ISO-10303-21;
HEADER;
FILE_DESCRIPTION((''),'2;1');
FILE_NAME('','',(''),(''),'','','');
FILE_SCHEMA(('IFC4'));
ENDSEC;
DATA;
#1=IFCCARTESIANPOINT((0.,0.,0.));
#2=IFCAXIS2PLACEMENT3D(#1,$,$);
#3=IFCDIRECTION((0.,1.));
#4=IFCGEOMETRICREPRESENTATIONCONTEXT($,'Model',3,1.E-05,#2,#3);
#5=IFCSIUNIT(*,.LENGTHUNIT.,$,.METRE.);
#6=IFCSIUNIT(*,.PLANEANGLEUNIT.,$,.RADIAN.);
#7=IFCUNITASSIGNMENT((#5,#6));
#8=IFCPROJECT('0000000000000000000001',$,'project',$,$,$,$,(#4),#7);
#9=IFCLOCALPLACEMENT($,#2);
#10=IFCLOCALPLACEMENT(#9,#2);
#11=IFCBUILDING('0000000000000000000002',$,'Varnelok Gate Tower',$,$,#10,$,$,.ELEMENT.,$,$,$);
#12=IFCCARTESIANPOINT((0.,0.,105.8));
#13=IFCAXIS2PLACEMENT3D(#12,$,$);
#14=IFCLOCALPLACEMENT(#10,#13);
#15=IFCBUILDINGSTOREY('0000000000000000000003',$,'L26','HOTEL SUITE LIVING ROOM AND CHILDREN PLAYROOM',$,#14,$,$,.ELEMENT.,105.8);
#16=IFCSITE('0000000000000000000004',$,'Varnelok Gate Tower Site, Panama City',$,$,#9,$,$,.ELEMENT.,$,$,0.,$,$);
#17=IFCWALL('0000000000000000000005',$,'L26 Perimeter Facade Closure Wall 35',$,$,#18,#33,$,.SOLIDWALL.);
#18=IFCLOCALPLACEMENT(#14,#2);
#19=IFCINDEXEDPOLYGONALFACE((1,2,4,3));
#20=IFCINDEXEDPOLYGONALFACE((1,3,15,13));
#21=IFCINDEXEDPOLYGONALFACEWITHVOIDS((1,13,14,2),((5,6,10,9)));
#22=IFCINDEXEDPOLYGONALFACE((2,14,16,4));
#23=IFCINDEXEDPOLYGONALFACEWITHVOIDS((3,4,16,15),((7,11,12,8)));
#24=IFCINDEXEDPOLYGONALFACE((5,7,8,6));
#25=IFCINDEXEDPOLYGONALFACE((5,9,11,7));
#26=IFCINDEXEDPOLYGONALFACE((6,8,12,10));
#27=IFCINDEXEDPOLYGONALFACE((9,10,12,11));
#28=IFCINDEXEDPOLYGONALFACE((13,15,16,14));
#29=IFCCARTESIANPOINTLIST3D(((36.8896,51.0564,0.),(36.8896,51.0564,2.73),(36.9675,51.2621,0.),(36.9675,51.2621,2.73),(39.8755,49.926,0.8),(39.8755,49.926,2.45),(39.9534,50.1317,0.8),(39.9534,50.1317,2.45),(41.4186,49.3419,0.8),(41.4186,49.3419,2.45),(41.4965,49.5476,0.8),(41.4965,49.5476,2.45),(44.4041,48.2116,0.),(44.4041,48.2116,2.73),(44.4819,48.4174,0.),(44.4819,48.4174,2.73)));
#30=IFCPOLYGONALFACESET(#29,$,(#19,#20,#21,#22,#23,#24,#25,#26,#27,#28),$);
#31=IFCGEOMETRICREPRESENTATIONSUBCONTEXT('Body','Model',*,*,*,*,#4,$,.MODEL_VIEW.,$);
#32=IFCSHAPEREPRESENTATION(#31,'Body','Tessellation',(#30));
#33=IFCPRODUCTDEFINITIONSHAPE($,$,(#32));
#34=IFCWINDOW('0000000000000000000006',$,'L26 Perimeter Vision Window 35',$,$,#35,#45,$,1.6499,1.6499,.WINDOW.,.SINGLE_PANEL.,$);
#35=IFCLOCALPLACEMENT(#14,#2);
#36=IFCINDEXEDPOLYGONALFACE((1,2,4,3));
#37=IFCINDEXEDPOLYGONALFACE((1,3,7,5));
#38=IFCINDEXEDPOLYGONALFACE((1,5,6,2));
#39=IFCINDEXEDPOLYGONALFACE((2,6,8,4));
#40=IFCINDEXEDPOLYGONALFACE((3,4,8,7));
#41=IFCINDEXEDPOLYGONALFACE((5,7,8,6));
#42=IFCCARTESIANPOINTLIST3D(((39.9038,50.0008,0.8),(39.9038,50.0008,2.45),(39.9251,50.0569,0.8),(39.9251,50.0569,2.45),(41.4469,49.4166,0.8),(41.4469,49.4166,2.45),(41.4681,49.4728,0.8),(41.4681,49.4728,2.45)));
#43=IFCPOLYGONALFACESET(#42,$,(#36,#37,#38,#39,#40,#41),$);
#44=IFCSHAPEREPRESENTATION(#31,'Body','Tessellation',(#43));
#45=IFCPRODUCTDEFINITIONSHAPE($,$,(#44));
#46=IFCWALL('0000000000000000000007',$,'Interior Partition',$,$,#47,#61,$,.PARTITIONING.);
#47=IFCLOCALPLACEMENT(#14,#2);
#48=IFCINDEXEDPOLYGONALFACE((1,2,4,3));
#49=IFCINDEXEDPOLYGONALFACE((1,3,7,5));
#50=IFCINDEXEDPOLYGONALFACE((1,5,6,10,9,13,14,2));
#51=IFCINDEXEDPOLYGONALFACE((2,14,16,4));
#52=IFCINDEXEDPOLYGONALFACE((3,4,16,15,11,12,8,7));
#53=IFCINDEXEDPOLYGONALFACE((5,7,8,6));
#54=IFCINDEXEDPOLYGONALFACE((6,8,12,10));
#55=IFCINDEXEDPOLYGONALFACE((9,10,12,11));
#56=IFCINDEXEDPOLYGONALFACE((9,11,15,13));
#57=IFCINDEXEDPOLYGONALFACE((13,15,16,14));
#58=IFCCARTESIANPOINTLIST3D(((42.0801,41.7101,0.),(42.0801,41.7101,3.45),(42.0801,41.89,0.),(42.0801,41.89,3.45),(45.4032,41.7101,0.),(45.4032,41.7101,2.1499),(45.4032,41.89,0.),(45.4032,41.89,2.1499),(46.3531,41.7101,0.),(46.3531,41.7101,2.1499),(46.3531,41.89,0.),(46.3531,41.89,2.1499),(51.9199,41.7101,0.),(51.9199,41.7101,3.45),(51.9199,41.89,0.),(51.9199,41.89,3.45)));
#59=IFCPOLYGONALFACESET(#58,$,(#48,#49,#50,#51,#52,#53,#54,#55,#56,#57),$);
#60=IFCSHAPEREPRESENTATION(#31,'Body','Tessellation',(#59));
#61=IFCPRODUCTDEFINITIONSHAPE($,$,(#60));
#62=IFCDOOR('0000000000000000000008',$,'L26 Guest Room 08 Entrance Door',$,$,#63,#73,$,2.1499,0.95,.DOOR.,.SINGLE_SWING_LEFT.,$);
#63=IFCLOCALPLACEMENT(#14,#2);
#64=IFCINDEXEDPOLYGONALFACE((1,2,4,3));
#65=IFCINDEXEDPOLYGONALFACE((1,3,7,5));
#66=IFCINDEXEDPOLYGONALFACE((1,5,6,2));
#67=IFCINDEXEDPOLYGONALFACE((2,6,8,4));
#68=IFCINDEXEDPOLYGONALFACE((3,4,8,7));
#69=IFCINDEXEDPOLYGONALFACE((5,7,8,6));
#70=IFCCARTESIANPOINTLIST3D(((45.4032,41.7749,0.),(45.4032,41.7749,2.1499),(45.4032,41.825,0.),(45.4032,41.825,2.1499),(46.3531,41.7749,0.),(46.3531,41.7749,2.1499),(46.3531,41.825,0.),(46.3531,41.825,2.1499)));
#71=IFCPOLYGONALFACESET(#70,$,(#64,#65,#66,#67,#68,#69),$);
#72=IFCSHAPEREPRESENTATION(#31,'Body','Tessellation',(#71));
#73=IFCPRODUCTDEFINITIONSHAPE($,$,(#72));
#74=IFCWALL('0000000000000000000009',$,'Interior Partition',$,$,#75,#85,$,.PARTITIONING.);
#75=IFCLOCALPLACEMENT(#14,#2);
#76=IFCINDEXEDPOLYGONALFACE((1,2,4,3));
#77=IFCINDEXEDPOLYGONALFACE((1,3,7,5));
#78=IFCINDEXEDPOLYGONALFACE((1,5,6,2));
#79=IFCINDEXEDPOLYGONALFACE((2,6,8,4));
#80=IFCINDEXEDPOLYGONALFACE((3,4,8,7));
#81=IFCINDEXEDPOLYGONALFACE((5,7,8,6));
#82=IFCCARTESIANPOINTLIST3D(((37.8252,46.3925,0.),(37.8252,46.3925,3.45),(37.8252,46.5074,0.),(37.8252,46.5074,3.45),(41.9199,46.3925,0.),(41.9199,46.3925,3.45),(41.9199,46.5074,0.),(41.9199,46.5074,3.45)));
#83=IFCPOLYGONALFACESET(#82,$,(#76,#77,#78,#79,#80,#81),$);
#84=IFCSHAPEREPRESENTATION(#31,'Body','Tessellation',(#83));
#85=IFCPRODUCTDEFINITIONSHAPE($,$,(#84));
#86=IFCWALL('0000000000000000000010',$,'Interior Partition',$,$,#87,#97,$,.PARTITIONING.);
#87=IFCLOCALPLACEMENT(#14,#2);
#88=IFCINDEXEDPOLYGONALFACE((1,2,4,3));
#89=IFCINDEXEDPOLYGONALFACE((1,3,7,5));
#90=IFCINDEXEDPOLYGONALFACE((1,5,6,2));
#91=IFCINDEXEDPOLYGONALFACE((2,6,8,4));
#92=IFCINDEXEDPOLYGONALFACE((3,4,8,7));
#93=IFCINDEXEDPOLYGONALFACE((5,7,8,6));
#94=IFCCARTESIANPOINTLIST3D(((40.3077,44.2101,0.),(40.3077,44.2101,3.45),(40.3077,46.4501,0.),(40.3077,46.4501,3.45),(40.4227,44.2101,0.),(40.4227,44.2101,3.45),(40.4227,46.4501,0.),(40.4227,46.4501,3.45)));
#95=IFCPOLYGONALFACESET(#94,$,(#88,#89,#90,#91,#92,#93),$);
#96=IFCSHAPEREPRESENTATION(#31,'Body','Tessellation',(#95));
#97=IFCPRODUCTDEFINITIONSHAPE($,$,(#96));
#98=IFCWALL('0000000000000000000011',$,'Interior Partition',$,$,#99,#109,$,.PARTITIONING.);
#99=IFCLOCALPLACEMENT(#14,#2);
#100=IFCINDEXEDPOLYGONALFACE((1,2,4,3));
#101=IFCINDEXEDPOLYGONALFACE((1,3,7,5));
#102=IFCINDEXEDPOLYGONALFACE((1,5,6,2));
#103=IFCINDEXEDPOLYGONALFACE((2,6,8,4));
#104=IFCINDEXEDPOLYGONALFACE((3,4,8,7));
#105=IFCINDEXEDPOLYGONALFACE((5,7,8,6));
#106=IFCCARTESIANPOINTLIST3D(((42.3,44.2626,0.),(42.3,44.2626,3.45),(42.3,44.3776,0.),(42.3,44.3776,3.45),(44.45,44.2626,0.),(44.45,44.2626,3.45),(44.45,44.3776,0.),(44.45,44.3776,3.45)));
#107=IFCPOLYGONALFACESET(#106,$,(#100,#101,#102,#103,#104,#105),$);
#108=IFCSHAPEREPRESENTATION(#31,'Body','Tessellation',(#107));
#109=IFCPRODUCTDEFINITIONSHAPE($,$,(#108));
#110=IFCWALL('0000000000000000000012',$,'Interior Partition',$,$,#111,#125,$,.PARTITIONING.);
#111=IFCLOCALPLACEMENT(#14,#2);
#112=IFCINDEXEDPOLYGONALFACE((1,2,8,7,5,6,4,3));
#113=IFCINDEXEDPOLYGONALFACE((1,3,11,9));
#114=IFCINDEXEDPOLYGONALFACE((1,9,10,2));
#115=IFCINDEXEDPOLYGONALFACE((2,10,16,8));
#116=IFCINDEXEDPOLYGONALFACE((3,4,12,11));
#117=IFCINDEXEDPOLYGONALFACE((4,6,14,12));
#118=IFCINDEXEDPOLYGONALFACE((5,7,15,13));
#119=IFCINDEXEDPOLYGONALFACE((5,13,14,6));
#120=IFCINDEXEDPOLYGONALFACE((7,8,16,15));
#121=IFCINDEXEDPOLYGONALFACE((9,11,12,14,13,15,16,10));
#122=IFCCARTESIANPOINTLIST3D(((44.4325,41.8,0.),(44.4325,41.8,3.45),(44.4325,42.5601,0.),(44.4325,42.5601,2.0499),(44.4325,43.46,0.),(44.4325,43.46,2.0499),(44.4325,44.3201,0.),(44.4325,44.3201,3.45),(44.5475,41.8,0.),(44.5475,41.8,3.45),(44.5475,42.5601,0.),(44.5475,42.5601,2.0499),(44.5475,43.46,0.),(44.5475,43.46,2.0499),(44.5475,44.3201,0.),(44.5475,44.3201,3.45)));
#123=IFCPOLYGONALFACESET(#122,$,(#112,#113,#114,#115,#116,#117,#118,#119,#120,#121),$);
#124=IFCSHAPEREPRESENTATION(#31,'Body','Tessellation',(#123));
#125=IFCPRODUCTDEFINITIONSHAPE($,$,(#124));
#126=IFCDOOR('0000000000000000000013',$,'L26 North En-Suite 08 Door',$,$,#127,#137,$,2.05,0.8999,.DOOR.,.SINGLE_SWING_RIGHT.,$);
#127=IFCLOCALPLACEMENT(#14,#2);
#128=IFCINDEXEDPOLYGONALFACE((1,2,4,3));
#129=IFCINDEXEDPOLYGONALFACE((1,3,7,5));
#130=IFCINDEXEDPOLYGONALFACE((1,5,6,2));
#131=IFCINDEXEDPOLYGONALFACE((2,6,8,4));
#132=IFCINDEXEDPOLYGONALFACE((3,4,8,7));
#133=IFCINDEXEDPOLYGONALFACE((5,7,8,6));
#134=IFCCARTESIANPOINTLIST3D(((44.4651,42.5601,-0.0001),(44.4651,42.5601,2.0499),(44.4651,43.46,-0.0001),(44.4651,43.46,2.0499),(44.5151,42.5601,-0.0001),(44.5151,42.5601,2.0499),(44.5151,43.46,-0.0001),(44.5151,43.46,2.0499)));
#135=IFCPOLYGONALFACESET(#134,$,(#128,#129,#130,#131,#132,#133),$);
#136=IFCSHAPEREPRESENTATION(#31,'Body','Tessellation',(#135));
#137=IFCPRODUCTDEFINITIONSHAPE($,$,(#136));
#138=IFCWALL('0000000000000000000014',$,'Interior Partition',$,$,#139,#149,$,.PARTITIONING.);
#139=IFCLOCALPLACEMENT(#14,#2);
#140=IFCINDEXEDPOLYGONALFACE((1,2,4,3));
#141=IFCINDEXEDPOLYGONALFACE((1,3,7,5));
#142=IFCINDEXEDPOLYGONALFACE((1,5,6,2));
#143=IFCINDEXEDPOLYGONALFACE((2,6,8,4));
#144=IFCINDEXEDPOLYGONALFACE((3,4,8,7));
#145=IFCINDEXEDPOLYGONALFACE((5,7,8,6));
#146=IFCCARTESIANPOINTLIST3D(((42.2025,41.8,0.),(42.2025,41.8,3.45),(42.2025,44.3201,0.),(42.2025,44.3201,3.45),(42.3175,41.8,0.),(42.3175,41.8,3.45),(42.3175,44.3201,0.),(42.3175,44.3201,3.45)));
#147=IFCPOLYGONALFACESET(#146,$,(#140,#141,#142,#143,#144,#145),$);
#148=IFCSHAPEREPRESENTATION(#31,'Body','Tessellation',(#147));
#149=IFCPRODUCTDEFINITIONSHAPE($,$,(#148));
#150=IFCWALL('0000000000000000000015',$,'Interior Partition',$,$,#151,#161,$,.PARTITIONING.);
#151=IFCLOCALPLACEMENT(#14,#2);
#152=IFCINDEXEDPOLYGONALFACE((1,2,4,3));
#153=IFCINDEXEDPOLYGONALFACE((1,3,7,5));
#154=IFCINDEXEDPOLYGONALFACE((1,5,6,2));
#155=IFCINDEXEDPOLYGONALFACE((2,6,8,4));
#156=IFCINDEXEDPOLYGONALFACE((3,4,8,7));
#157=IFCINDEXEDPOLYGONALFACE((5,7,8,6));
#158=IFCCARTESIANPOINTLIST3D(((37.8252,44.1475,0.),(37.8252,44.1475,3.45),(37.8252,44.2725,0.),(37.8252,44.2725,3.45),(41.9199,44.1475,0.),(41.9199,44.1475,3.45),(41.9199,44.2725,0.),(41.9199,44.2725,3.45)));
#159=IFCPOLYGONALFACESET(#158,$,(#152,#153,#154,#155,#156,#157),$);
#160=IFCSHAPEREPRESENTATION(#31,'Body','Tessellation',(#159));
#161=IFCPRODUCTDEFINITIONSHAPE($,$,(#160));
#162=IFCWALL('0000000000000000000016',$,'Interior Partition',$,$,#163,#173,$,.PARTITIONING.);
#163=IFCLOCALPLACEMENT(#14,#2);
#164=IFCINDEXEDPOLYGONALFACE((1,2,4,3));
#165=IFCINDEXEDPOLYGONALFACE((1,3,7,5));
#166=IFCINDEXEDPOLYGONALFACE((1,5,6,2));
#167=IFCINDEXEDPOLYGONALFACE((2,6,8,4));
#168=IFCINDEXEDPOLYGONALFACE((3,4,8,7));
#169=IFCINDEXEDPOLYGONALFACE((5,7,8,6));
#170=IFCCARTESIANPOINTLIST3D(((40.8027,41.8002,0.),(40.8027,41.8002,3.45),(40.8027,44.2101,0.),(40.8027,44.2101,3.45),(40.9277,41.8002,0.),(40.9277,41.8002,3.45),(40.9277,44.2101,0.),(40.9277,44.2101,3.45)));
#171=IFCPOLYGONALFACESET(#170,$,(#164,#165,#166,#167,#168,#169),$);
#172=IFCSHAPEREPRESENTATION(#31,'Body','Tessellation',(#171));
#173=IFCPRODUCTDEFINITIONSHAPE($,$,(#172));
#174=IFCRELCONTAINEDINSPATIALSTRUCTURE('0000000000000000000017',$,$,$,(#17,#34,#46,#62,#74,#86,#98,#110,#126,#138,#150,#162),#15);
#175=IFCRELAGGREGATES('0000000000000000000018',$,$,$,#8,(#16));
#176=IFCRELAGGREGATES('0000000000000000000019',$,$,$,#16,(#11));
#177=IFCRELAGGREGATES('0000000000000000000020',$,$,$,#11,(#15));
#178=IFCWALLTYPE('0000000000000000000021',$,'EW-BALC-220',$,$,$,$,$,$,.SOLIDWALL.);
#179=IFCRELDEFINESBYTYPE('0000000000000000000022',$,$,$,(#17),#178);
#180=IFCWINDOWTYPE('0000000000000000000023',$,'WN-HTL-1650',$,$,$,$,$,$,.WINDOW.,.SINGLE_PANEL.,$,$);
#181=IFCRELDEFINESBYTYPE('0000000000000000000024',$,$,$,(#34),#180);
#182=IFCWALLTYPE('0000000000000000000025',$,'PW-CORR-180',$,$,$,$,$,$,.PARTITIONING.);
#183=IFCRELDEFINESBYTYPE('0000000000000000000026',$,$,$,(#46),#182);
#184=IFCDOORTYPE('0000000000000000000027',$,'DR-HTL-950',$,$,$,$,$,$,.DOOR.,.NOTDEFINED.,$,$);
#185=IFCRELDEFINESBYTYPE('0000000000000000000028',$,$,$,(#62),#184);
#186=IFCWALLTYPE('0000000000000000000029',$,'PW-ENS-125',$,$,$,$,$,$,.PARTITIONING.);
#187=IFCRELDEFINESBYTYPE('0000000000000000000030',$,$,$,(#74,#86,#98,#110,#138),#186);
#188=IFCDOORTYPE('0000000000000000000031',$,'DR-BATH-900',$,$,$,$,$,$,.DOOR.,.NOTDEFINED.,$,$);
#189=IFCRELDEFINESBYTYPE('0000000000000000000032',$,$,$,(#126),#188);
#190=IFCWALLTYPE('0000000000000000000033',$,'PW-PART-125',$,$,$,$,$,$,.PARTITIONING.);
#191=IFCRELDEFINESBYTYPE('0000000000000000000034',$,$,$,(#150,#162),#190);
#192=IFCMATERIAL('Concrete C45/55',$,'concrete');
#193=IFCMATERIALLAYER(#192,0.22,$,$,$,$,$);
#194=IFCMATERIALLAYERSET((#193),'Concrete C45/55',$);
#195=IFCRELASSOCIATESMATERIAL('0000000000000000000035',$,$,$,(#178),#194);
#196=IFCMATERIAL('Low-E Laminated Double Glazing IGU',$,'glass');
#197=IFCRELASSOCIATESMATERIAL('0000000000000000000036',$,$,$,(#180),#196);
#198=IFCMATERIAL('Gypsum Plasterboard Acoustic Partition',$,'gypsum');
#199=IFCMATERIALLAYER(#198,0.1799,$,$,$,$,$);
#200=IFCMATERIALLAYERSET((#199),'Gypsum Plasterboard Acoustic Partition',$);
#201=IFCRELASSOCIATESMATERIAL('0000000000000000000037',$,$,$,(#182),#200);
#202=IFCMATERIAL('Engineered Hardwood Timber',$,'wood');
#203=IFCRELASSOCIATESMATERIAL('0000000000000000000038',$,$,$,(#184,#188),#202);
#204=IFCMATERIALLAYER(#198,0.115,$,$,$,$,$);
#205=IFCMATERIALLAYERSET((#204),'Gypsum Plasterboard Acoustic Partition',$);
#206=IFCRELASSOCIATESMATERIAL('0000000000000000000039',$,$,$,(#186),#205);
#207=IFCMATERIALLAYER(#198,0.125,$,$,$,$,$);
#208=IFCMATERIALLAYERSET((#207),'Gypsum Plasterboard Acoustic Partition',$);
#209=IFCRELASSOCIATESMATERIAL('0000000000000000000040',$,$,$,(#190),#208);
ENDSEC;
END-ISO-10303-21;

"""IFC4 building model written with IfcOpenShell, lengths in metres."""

from ifc_helpers import new_model, si_unit, direction, frame, frame_2d, origin, place, context, subcontext, project, spatial, rectangle, extrude, material, layer, layer_set, type_object, element, fill, save


model = new_model("IFC4")

# Units and contexts
model_context = context("Model", 3, precision=1e-05, world=origin(), true_north=direction((0.0, 1.0)))
body_context = subcontext(model_context, "Body", "Model", "MODEL_VIEW")
ifc_project = project(units=[si_unit("LENGTHUNIT", "METRE"), si_unit("PLANEANGLEUNIT", "RADIAN")], contexts=[model_context])

# Site, building, storey
site_placement = place(None, origin())
site = spatial("IfcSite", under=ifc_project, at=site_placement, Name="Varnelok Gate Tower Site, Panama City", CompositionType="ELEMENT", RefElevation=0.0)
building_placement = place(site_placement, origin())
building = spatial("IfcBuilding", under=site, at=building_placement, Name="Varnelok Gate Tower", CompositionType="ELEMENT")
storey_placement = place(building_placement, frame((0.0, 0.0, 105.8)))
storey = spatial("IfcBuildingStorey", under=building, at=storey_placement, Name="L26", Description="HOTEL SUITE LIVING ROOM AND CHILDREN PLAYROOM", CompositionType="ELEMENT", Elevation=105.8)

# Shared definitions
ifc_material_1 = material(Name="Concrete C45/55", Category="concrete")
ifc_layer_1 = layer(ifc_material_1, 0.22)
ifc_layer_set_1 = layer_set([ifc_layer_1], Name="Concrete C45/55")
wall_type_1 = type_object("IfcWallType", Name="EW-BALC-220", PredefinedType="SOLIDWALL", material=ifc_layer_set_1)
ifc_material_2 = material(Name="Low-E Laminated Double Glazing IGU", Category="glass")
window_type = type_object("IfcWindowType", Name="WN-HTL-1650", PartitioningType="SINGLE_PANEL", PredefinedType="WINDOW", material=ifc_material_2)

# Wall, opening, window
wall_1_placement = place(storey_placement, frame((44.4431, 48.3145, 0.0), z_axis=(0.0, 0.0, 1.0), x_axis=(-0.935227, 0.354049, 0.0)))
wall_1 = element("IfcWall", 1, at=wall_1_placement, inside=storey, type_object=wall_type_1, Name="L26 Perimeter Facade Closure Wall 35", PredefinedType="SOLIDWALL", context=body_context, shape_type="SweptSolid", body=[
    extrude(rectangle(XDim=8.0349, YDim=0.22, at=frame_2d((4.0176, 0.0))), origin(), (0.0, 0.0, 1.0), 2.73),
])
opening_1_placement = place(wall_1_placement, frame((3.1924, 0.0, 0.8)))
opening_1 = element("IfcOpeningElement", 2, at=opening_1_placement, cuts=wall_1, PredefinedType="OPENING", context=body_context, shape_type="SweptSolid", body=[
    extrude(rectangle(XDim=1.6499, YDim=1.6499, at=frame_2d((0.825, 0.825))), frame((0.0, 0.1199, 0.0), z_axis=(0.0, -1.0, 0.0), x_axis=(1.0, 0.0, 0.0)), (0.0, 0.0, 1.0), 0.24),
])
window_1_placement = place(opening_1_placement, origin())
window_1 = element("IfcWindow", 3, at=window_1_placement, inside=storey, type_object=window_type, Name="L26 Perimeter Vision Window 35", OverallHeight=1.6499, OverallWidth=1.6499, PartitioningType="SINGLE_PANEL", PredefinedType="WINDOW", context=body_context, shape_type="SweptSolid", body=[
    extrude(rectangle(XDim=1.6499, YDim=1.6499, at=frame_2d((0.825, 0.825))), frame((0.0, 0.03, 0.0), z_axis=(0.0, -1.0, 0.0), x_axis=(1.0, 0.0, 0.0)), (0.0, 0.0, 1.0), 0.0601),
])
fill(opening_1, window_1)

# Wall, opening, door
ifc_material_3 = material(Name="Gypsum Plasterboard Acoustic Partition", Category="gypsum")
ifc_layer_2 = layer(ifc_material_3, 0.1799)
ifc_layer_set_2 = layer_set([ifc_layer_2], Name="Gypsum Plasterboard Acoustic Partition")
wall_type_2 = type_object("IfcWallType", Name="PW-CORR-180", PredefinedType="PARTITIONING", material=ifc_layer_set_2)
wall_2_placement = place(storey_placement, frame((42.0801, 41.8, 0.0), z_axis=(0.0, 0.0, 1.0), x_axis=(1.0, 0.0, 0.0)))
wall_2 = element("IfcWall", 4, at=wall_2_placement, inside=storey, type_object=wall_type_2, Name="Interior Partition", PredefinedType="PARTITIONING", context=body_context, shape_type="SweptSolid", body=[
    extrude(rectangle(XDim=9.8398, YDim=0.1799, at=frame_2d((4.9199, 0.0))), origin(), (0.0, 0.0, 1.0), 3.45),
])
opening_2_placement = place(wall_2_placement, frame((3.323, 0.0, 0.0)))
opening_2 = element("IfcOpeningElement", 5, at=opening_2_placement, cuts=wall_2, PredefinedType="OPENING", context=body_context, shape_type="SweptSolid", body=[
    extrude(rectangle(XDim=0.95, YDim=2.1499, at=frame_2d((0.4751, 1.075))), frame((0.0, 0.0999, 0.0), z_axis=(0.0, -1.0, 0.0), x_axis=(1.0, 0.0, 0.0)), (0.0, 0.0, 1.0), 0.2),
])
ifc_material_4 = material(Name="Engineered Hardwood Timber", Category="wood")
door_type_1 = type_object("IfcDoorType", Name="DR-HTL-950", OperationType="NOTDEFINED", PredefinedType="DOOR", material=ifc_material_4)
door_1_placement = place(opening_2_placement, origin())
door_1 = element("IfcDoor", 6, at=door_1_placement, inside=storey, type_object=door_type_1, Name="L26 Guest Room 08 Entrance Door", OperationType="SINGLE_SWING_LEFT", OverallHeight=2.1499, OverallWidth=0.95, PredefinedType="DOOR", context=body_context, shape_type="SweptSolid", body=[
    extrude(rectangle(XDim=0.95, YDim=2.1499, at=frame_2d((0.4751, 1.075))), frame((0.0, 0.0249, 0.0), z_axis=(0.0, -1.0, 0.0), x_axis=(1.0, 0.0, 0.0)), (0.0, 0.0, 1.0), 0.05),
])
fill(opening_2, door_1)

# Walls
ifc_layer_3 = layer(ifc_material_3, 0.115)
ifc_layer_set_3 = layer_set([ifc_layer_3], Name="Gypsum Plasterboard Acoustic Partition")
wall_type_3 = type_object("IfcWallType", Name="PW-ENS-125", PredefinedType="PARTITIONING", material=ifc_layer_set_3)
wall_3_placement = place(storey_placement, frame((37.8252, 46.45, 0.0), z_axis=(0.0, 0.0, 1.0), x_axis=(1.0, 0.0, 0.0)))
element("IfcWall", 7, at=wall_3_placement, inside=storey, type_object=wall_type_3, Name="Interior Partition", PredefinedType="PARTITIONING", context=body_context, shape_type="SweptSolid", body=[
    extrude(rectangle(XDim=4.0947, YDim=0.115, at=frame_2d((2.0474, 0.0))), origin(), (0.0, 0.0, 1.0), 3.45),
])
wall_4_placement = place(storey_placement, frame((40.3652, 44.21, 0.0), z_axis=(0.0, 0.0, 1.0), x_axis=(0.0, 1.0, 0.0)))
element("IfcWall", 8, at=wall_4_placement, inside=storey, type_object=wall_type_3, Name="Interior Partition", PredefinedType="PARTITIONING", context=body_context, shape_type="SweptSolid", body=[
    extrude(rectangle(XDim=2.24, YDim=0.115, at=frame_2d((1.1201, 0.0))), origin(), (0.0, 0.0, 1.0), 3.45),
])
wall_5_placement = place(storey_placement, frame((42.3, 44.3201, 0.0), z_axis=(0.0, 0.0, 1.0), x_axis=(1.0, 0.0, 0.0)))
element("IfcWall", 9, at=wall_5_placement, inside=storey, type_object=wall_type_3, Name="Interior Partition", PredefinedType="PARTITIONING", context=body_context, shape_type="SweptSolid", body=[
    extrude(rectangle(XDim=2.1499, YDim=0.115, at=frame_2d((1.075, 0.0))), origin(), (0.0, 0.0, 1.0), 3.45),
])

# Wall, opening, door
wall_6_placement = place(storey_placement, frame((44.49, 41.8, 0.0), z_axis=(0.0, 0.0, 1.0), x_axis=(0.0, 1.0, 0.0)))
wall_6 = element("IfcWall", 10, at=wall_6_placement, inside=storey, type_object=wall_type_3, Name="Interior Partition", PredefinedType="PARTITIONING", context=body_context, shape_type="SweptSolid", body=[
    extrude(rectangle(XDim=2.52, YDim=0.115, at=frame_2d((1.26, 0.0))), origin(), (0.0, 0.0, 1.0), 3.45),
])
opening_3_placement = place(wall_6_placement, frame((0.76, 0.0, 0.0)))
opening_3 = element("IfcOpeningElement", 11, at=opening_3_placement, cuts=wall_6, PredefinedType="OPENING", context=body_context, shape_type="SweptSolid", body=[
    extrude(rectangle(XDim=0.8999, YDim=2.05, at=frame_2d((0.45, 1.0249))), frame((0.0, 0.0674, 0.0), z_axis=(0.0, -1.0, 0.0), x_axis=(1.0, 0.0, 0.0)), (0.0, 0.0, 1.0), 0.135),
])
door_type_2 = type_object("IfcDoorType", Name="DR-BATH-900", OperationType="NOTDEFINED", PredefinedType="DOOR", material=ifc_material_4)
door_2_placement = place(opening_3_placement, origin())
door_2 = element("IfcDoor", 12, at=door_2_placement, inside=storey, type_object=door_type_2, Name="L26 North En-Suite 08 Door", OperationType="SINGLE_SWING_RIGHT", OverallHeight=2.05, OverallWidth=0.8999, PredefinedType="DOOR", context=body_context, shape_type="SweptSolid", body=[
    extrude(rectangle(XDim=0.8999, YDim=2.05, at=frame_2d((0.45, 1.0249))), frame((0.0, 0.0249, 0.0), z_axis=(0.0, -1.0, 0.0), x_axis=(1.0, 0.0, 0.0)), (0.0, 0.0, 1.0), 0.05),
])
fill(opening_3, door_2)

# Walls
wall_7_placement = place(storey_placement, frame((42.26, 41.8, 0.0), z_axis=(0.0, 0.0, 1.0), x_axis=(0.0, 1.0, 0.0)))
element("IfcWall", 13, at=wall_7_placement, inside=storey, type_object=wall_type_3, Name="Interior Partition", PredefinedType="PARTITIONING", context=body_context, shape_type="SweptSolid", body=[
    extrude(rectangle(XDim=2.52, YDim=0.115, at=frame_2d((1.26, 0.0))), origin(), (0.0, 0.0, 1.0), 3.45),
])
ifc_layer_4 = layer(ifc_material_3, 0.125)
ifc_layer_set_4 = layer_set([ifc_layer_4], Name="Gypsum Plasterboard Acoustic Partition")
wall_type_4 = type_object("IfcWallType", Name="PW-PART-125", PredefinedType="PARTITIONING", material=ifc_layer_set_4)
wall_8_placement = place(storey_placement, frame((37.8252, 44.21, 0.0), z_axis=(0.0, 0.0, 1.0), x_axis=(1.0, 0.0, 0.0)))
element("IfcWall", 14, at=wall_8_placement, inside=storey, type_object=wall_type_4, Name="Interior Partition", PredefinedType="PARTITIONING", context=body_context, shape_type="SweptSolid", body=[
    extrude(rectangle(XDim=4.0947, YDim=0.125, at=frame_2d((2.0474, 0.0))), origin(), (0.0, 0.0, 1.0), 3.45),
])
wall_9_placement = place(storey_placement, frame((40.8652, 41.8, 0.0), z_axis=(0.0, 0.0, 1.0), x_axis=(0.0, 1.0, 0.0)))
element("IfcWall", 15, at=wall_9_placement, inside=storey, type_object=wall_type_4, Name="Interior Partition", PredefinedType="PARTITIONING", context=body_context, shape_type="SweptSolid", body=[
    extrude(rectangle(XDim=2.4099, YDim=0.125, at=frame_2d((1.2051, 0.0))), origin(), (0.0, 0.0, 1.0), 3.45),
])

save(model, "model.ifc")
